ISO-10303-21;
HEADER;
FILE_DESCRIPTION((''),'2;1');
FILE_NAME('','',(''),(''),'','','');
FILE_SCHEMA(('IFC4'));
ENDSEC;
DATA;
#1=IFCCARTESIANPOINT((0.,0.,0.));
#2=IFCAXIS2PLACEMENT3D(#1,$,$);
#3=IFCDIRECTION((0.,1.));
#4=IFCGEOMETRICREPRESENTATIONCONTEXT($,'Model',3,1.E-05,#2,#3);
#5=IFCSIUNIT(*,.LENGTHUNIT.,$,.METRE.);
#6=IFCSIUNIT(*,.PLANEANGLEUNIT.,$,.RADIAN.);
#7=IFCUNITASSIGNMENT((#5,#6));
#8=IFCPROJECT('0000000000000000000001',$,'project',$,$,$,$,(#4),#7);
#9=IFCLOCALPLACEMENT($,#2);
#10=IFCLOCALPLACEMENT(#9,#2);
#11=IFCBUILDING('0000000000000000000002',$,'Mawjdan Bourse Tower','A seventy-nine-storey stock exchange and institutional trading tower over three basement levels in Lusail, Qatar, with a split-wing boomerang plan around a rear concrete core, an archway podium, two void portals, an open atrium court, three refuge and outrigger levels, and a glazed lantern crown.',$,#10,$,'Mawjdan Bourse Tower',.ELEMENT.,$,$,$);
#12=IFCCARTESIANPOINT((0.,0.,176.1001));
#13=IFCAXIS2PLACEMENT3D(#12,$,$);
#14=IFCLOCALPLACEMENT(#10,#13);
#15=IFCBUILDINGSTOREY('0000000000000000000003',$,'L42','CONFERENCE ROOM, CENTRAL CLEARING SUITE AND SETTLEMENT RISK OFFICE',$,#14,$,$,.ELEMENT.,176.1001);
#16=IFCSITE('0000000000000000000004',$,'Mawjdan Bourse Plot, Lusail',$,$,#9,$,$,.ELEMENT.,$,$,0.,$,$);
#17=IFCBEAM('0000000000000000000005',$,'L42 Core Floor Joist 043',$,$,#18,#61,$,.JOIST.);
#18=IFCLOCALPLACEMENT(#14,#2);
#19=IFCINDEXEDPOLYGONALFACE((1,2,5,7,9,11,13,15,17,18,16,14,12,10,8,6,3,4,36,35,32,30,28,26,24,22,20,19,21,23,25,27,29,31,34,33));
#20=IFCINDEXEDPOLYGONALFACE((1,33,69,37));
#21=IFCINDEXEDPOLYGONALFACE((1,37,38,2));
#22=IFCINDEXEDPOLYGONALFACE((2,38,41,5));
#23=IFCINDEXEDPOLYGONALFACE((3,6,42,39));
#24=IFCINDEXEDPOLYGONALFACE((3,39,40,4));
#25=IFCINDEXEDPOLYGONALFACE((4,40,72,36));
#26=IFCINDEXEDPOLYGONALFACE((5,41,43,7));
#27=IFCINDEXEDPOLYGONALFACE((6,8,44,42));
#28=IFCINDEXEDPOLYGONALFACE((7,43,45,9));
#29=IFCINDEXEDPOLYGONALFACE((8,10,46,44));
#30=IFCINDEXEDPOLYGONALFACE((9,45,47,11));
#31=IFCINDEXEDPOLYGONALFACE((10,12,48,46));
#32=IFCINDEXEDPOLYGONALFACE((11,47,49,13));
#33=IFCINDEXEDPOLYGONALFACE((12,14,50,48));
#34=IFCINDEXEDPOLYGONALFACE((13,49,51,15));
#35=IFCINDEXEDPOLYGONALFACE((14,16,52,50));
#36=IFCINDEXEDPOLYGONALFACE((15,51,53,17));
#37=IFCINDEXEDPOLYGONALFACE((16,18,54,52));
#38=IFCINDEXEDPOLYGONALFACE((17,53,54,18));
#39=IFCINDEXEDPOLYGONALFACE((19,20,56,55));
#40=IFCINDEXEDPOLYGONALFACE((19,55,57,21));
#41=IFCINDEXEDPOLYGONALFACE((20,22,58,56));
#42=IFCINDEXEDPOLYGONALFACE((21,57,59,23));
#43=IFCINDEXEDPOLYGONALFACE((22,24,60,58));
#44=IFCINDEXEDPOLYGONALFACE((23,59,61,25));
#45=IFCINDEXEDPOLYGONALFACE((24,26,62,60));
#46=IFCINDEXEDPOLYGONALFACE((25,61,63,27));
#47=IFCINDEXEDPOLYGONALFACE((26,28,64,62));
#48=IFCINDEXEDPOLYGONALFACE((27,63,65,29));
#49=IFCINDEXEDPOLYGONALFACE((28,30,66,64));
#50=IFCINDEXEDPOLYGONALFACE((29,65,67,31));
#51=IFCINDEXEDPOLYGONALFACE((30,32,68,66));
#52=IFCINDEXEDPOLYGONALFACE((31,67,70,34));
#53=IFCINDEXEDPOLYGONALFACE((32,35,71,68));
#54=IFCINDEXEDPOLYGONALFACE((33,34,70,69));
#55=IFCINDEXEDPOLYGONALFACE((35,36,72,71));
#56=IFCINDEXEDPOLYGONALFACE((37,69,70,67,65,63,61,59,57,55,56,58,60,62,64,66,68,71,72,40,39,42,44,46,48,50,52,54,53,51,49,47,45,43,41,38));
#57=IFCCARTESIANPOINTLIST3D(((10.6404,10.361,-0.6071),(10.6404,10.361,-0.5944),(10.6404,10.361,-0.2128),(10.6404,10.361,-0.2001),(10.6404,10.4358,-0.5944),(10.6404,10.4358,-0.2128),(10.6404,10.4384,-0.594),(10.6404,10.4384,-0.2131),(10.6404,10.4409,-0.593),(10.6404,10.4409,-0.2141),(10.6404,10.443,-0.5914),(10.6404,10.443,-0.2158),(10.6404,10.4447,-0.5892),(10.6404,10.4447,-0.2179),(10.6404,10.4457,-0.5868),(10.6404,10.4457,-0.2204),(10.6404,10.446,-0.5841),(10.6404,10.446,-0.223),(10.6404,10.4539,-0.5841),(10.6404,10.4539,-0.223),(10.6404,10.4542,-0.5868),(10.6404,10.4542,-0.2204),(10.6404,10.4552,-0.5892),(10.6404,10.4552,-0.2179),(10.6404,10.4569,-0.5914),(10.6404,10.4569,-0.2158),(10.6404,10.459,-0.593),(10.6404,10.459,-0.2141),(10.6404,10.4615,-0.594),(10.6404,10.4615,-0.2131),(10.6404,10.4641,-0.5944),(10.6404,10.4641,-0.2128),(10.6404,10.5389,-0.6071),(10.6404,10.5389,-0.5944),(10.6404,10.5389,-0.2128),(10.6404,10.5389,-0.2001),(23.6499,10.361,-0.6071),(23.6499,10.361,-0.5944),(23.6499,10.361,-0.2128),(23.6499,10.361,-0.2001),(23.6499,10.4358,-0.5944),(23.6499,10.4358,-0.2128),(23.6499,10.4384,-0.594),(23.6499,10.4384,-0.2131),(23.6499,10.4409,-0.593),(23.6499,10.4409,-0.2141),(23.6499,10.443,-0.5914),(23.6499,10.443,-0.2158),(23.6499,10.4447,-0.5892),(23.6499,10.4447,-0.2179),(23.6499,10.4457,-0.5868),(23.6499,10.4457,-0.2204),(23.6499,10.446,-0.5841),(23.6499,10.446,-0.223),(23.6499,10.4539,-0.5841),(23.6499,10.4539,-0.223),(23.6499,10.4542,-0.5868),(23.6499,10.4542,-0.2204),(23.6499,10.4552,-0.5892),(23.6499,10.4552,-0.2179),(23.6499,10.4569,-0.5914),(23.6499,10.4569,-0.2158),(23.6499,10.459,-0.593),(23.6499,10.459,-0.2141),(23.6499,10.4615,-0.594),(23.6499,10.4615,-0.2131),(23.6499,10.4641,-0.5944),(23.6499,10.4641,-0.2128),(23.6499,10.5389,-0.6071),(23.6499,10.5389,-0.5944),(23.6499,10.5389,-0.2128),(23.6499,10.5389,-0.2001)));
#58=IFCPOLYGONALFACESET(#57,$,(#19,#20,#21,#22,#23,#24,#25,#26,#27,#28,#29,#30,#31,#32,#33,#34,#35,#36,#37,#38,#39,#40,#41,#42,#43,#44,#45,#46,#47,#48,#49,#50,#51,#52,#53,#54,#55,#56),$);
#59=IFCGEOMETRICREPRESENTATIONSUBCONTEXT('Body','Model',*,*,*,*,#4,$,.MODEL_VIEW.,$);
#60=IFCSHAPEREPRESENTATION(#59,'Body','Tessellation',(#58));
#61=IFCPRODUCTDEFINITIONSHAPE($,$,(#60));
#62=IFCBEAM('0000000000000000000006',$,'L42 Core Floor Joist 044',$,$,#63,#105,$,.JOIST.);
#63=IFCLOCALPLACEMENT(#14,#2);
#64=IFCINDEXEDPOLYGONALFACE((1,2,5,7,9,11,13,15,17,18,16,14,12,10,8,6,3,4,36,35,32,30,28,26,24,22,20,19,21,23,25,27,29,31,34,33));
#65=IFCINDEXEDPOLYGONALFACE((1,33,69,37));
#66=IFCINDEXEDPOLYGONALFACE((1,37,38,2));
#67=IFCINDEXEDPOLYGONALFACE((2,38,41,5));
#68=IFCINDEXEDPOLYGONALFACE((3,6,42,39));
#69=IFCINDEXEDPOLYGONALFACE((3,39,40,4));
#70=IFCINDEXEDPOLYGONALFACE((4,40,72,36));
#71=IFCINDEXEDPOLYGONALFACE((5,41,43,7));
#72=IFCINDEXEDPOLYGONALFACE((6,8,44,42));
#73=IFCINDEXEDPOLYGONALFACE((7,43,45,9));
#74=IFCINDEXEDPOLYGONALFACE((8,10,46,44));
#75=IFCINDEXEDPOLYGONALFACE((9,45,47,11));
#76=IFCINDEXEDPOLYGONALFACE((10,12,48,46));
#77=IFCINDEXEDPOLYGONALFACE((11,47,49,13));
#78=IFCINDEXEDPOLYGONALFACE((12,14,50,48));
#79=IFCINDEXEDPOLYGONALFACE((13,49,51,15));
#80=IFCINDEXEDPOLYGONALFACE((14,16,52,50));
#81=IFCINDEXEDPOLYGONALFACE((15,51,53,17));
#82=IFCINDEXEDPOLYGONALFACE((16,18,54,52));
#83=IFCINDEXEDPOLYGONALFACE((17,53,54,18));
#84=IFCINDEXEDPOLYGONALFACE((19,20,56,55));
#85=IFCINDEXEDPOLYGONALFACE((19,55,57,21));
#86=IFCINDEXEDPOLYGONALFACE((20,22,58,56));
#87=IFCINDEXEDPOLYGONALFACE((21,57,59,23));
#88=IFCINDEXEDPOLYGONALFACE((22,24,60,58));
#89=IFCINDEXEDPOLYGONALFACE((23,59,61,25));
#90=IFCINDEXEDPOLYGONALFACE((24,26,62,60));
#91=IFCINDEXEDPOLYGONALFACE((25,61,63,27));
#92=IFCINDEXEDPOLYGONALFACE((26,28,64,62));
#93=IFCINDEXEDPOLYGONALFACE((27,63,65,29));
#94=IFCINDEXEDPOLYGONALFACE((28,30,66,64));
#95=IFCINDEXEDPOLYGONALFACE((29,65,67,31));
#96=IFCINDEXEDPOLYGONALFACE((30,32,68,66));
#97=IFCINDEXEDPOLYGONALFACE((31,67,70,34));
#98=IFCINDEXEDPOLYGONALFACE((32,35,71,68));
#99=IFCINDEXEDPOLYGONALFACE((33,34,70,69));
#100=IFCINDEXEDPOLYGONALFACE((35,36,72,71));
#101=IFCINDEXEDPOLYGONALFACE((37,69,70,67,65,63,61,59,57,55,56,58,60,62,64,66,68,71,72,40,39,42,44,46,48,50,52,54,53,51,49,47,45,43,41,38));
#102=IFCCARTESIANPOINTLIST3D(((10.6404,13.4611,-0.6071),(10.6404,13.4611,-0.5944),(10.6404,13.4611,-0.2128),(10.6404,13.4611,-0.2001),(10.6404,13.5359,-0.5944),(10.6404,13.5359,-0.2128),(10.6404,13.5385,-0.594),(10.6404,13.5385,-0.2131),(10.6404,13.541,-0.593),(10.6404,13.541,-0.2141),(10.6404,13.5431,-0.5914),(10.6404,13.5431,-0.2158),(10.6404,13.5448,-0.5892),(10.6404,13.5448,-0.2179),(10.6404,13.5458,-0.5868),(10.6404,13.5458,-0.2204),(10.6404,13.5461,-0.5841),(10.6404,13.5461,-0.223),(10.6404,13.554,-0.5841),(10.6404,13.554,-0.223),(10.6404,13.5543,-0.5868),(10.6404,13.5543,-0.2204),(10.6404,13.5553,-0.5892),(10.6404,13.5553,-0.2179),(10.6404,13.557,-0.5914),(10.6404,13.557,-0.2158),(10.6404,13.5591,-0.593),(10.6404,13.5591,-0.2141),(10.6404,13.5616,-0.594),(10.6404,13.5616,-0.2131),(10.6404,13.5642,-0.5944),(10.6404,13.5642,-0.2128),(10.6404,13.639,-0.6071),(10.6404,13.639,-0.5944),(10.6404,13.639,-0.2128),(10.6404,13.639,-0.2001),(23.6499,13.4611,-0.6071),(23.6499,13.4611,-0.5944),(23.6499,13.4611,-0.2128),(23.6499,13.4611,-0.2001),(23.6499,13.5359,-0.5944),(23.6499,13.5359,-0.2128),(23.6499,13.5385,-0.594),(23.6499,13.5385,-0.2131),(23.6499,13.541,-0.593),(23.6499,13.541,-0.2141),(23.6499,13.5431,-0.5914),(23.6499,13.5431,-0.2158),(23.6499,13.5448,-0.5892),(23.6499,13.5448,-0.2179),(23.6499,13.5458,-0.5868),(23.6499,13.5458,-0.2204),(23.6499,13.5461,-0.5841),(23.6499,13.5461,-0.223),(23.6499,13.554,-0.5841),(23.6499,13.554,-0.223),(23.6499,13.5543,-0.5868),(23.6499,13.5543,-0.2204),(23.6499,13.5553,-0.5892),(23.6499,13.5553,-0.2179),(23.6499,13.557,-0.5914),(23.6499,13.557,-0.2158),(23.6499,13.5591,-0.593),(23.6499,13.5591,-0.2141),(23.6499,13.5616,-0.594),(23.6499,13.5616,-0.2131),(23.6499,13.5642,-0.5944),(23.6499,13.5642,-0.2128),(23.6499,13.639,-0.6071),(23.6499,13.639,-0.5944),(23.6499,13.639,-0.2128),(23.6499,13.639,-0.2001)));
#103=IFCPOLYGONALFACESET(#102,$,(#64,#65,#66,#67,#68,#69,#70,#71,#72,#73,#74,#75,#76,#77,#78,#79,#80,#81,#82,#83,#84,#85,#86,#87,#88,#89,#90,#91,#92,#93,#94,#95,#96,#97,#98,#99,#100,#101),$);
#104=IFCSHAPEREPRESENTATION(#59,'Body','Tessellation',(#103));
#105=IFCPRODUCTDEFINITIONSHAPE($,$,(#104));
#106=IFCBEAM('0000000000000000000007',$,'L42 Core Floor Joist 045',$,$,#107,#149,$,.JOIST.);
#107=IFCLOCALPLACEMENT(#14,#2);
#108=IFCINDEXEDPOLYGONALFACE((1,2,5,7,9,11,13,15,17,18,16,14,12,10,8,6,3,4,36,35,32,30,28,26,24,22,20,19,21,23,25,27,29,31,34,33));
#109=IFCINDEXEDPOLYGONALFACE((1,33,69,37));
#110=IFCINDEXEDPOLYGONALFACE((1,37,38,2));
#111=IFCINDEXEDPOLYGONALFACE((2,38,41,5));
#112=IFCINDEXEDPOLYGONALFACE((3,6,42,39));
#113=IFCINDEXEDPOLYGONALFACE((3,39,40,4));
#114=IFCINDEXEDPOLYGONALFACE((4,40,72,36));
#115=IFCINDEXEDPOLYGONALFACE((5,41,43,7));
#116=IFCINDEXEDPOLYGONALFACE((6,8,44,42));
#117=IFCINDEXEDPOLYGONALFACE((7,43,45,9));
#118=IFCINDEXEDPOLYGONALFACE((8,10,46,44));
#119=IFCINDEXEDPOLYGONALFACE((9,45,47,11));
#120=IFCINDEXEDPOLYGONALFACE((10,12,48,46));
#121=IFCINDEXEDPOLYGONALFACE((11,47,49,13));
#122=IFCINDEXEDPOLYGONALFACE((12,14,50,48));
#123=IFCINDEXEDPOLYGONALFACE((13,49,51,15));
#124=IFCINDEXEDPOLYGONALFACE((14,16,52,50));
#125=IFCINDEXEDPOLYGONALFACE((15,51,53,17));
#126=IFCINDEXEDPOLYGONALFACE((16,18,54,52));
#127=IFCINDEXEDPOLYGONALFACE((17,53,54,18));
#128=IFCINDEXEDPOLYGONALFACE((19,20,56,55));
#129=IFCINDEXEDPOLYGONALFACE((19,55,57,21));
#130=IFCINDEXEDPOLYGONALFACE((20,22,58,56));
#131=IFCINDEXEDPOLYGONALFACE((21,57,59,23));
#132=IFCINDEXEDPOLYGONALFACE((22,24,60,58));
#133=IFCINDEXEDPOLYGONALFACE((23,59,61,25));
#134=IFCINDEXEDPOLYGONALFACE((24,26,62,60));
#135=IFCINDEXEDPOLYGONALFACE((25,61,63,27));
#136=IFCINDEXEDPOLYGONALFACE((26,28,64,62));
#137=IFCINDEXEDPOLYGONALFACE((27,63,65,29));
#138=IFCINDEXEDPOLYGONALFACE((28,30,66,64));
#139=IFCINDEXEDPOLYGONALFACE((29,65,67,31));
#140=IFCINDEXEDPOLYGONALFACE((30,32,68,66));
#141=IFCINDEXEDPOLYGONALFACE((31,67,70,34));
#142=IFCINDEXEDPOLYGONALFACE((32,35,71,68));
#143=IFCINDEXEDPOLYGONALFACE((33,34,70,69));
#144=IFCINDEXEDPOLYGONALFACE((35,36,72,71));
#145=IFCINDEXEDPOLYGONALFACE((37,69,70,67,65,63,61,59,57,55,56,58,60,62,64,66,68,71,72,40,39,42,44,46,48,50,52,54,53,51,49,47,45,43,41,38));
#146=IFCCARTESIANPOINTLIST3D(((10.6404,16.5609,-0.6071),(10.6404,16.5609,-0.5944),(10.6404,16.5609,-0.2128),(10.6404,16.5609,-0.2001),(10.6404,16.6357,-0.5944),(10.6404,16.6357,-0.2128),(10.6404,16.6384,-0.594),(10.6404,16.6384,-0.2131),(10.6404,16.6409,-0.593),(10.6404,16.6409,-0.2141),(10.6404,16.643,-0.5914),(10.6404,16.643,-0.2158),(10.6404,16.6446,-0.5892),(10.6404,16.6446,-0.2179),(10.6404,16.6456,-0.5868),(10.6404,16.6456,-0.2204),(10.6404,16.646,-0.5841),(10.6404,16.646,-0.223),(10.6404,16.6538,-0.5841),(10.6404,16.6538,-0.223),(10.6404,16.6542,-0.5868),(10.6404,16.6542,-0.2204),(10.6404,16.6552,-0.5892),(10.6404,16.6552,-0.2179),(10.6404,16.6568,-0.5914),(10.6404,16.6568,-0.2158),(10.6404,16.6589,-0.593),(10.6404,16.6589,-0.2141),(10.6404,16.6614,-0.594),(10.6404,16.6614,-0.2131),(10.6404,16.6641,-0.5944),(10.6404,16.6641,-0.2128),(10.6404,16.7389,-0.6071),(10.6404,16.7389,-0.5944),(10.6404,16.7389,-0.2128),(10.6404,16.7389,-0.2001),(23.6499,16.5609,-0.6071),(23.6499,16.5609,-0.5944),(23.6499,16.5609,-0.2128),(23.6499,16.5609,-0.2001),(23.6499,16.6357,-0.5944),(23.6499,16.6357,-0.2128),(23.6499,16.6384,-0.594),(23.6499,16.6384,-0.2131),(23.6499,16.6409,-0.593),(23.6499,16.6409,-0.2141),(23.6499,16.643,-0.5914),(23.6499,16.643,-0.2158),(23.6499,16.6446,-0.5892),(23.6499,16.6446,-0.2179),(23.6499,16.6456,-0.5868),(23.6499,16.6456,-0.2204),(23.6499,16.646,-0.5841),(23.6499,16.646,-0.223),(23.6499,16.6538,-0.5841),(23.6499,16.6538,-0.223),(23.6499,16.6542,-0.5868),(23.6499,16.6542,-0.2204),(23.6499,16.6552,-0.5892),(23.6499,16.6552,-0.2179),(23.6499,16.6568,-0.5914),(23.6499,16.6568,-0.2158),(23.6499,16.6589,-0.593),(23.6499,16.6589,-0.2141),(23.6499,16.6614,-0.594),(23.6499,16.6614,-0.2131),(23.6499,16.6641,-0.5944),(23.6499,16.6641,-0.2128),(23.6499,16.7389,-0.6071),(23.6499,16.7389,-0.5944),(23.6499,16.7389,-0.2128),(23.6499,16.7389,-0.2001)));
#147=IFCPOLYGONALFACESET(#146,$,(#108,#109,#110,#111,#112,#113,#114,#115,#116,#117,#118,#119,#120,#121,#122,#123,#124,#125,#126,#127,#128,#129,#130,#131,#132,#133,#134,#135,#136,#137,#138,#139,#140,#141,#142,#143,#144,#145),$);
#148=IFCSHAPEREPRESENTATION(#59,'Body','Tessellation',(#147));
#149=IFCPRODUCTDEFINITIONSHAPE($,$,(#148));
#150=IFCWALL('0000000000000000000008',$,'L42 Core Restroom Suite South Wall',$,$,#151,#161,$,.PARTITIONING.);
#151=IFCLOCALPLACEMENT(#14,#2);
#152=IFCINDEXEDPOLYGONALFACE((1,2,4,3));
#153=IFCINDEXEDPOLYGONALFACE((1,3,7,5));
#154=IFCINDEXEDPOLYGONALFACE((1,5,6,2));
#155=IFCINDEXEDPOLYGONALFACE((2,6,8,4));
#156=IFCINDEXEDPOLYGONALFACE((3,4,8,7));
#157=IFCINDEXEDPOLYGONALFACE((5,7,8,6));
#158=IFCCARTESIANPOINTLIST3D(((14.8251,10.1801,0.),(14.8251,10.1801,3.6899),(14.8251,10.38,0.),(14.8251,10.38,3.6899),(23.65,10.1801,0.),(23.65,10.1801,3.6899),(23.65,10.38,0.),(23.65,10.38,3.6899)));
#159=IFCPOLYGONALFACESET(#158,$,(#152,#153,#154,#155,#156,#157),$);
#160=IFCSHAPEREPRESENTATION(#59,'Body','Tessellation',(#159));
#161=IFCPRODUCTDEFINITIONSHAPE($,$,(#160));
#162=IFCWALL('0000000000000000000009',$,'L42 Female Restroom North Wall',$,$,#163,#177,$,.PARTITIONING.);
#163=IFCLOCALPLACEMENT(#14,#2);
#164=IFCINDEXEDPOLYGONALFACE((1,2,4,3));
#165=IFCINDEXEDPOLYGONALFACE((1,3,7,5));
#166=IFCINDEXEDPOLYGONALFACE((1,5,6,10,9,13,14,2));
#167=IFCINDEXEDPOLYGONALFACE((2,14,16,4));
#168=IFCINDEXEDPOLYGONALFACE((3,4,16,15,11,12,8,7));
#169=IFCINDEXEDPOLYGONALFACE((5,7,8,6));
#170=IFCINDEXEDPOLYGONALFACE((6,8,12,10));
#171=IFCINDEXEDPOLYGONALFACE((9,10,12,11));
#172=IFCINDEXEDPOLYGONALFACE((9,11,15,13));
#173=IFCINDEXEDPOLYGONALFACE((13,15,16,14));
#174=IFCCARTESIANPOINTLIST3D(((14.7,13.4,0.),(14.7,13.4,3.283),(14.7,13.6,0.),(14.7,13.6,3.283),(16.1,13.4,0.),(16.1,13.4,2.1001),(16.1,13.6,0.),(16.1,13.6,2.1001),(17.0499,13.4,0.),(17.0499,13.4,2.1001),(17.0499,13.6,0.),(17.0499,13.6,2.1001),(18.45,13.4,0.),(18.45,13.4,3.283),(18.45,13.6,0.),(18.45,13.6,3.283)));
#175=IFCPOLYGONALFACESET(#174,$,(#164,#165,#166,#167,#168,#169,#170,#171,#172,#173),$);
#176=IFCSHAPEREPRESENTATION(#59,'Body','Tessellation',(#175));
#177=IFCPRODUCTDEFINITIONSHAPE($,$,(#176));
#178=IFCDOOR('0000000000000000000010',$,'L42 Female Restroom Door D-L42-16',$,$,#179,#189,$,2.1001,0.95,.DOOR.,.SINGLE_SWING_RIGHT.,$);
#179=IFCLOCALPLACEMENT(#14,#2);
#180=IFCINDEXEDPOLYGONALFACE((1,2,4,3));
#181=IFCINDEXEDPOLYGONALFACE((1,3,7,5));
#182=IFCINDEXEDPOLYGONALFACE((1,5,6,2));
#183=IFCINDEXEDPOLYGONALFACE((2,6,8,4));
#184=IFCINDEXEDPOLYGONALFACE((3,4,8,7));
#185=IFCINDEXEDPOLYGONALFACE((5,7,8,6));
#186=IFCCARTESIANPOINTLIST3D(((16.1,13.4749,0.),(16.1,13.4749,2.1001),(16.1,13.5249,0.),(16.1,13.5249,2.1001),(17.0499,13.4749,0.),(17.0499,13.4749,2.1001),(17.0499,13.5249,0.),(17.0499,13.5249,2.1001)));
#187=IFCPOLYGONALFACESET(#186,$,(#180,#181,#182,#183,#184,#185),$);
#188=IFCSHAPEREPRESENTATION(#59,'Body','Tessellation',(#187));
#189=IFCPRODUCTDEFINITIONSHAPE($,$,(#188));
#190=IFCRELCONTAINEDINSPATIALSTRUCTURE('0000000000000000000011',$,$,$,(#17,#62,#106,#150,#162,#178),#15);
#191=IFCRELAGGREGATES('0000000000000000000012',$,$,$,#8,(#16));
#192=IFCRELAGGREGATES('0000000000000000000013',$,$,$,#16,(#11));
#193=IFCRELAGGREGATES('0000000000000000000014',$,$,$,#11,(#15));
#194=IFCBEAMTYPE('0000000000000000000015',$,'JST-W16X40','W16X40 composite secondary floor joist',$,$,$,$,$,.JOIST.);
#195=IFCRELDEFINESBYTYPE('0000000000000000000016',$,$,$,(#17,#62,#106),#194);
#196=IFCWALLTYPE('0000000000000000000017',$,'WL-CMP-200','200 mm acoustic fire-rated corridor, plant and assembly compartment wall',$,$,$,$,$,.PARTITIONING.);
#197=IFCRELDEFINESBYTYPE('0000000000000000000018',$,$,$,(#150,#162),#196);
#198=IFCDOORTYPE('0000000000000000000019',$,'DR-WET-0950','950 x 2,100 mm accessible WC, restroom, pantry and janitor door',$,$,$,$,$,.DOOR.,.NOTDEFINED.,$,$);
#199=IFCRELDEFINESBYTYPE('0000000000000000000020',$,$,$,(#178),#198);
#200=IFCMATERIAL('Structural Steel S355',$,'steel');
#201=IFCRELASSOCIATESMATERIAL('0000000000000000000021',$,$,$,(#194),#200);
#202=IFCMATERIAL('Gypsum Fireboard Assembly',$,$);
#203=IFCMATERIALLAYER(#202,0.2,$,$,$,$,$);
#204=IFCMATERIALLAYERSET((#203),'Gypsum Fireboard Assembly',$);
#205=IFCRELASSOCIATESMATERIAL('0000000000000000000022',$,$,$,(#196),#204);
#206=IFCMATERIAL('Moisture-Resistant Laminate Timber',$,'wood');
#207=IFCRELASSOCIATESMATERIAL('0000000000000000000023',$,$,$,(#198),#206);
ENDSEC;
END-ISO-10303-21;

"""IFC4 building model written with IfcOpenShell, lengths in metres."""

from ifc_helpers import new_model, si_unit, direction, frame, frame_2d, origin, origin_2d, place, context, subcontext, project, spatial, rectangle, i_section, extrude, material, layer, layer_set, material_profile, profile_set, type_object, element, fill, save


model = new_model("IFC4")

# Units and contexts
model_context = context("Model", 3, precision=1e-05, world=origin(), true_north=direction((0.0, 1.0)))
body_context = subcontext(model_context, "Body", "Model", "MODEL_VIEW")
ifc_project = project(units=[si_unit("LENGTHUNIT", "METRE"), si_unit("PLANEANGLEUNIT", "RADIAN")], contexts=[model_context])

# Site, building, storey
site_placement = place(None, origin())
site = spatial("IfcSite", under=ifc_project, at=site_placement, Name="Mawjdan Bourse Plot, Lusail", CompositionType="ELEMENT", RefElevation=0.0)
building_placement = place(site_placement, origin())
building = spatial("IfcBuilding", under=site, at=building_placement, Name="Mawjdan Bourse Tower", Description="A seventy-nine-storey stock exchange and institutional trading tower over three basement levels in Lusail, Qatar, with a split-wing boomerang plan around a rear concrete core, an archway podium, two void portals, an open atrium court, three refuge and outrigger levels, and a glazed lantern crown.", LongName="Mawjdan Bourse Tower", CompositionType="ELEMENT")
storey_placement = place(building_placement, frame((0.0, 0.0, 176.1001)))
storey = spatial("IfcBuildingStorey", under=building, at=storey_placement, Name="L42", Description="CONFERENCE ROOM, CENTRAL CLEARING SUITE AND SETTLEMENT RISK OFFICE", CompositionType="ELEMENT", Elevation=176.1001)

# Beams
ifc_material_1 = material(Name="Structural Steel S355", Category="steel")
ifc_material_profile = material_profile(ifc_material_1, i_section(OverallWidth=0.178, OverallDepth=0.407, WebThickness=0.0078, FlangeThickness=0.0127, FilletRadius=0.0103, at=origin_2d()), Name="W16X40")
ifc_profile_set = profile_set([ifc_material_profile], Name="Structural Steel S355")
beam_type = type_object("IfcBeamType", Name="JST-W16X40", Description="W16X40 composite secondary floor joist", PredefinedType="JOIST", material=ifc_profile_set)
for number, where, z_axis, x_axis, name in (
    (1, (10.6404, 10.45, -0.4036), (1.0, 0.0, 0.0), (0.0, 1.0, 0.0), "L42 Core Floor Joist 043"),
    (2, (10.6404, 13.55, -0.4036), (1.0, 0.0, 0.0), (0.0, 1.0, 0.0), "L42 Core Floor Joist 044"),
    (3, (10.6404, 16.6499, -0.4036), (1.0, 0.0, 0.0), (0.0, 1.0, 0.0), "L42 Core Floor Joist 045"),
):
    element("IfcBeam", number, at=place(storey_placement, frame(where, z_axis=z_axis, x_axis=x_axis)), inside=storey, type_object=beam_type, Name=name, PredefinedType="JOIST", context=body_context, shape_type="SweptSolid", body=[
        extrude(i_section(OverallWidth=0.178, OverallDepth=0.407, WebThickness=0.0078, FlangeThickness=0.0127, FilletRadius=0.0103, at=origin_2d()), origin(), (0.0, 0.0, 1.0), 13.0095),
    ])

# Wall
ifc_material_2 = material(Name="Gypsum Fireboard Assembly")
ifc_layer_1 = layer(ifc_material_2, 0.2)
ifc_layer_set_1 = layer_set([ifc_layer_1], Name="Gypsum Fireboard Assembly")
wall_type_1 = type_object("IfcWallType", Name="WL-CMP-200", Description="200 mm acoustic fire-rated corridor, plant and assembly compartment wall", PredefinedType="PARTITIONING", material=ifc_layer_set_1)
wall_1_placement = place(storey_placement, frame((14.825, 10.28, 0.0), z_axis=(0.0, 0.0, 1.0), x_axis=(1.0, 0.0, 0.0)))
element("IfcWall", 4, at=wall_1_placement, inside=storey, type_object=wall_type_1, Name="L42 Core Restroom Suite South Wall", PredefinedType="PARTITIONING", context=body_context, shape_type="SweptSolid", body=[
    extrude(rectangle(XDim=8.825, YDim=0.2, at=frame_2d((4.4126, 0.0))), origin(), (0.0, 0.0, 1.0), 3.6899),
])

# Wall, opening, door
wall_2_placement = place(storey_placement, frame((14.7, 13.5, 0.0), z_axis=(0.0, 0.0, 1.0), x_axis=(1.0, 0.0, 0.0)))
wall_2 = element("IfcWall", 5, at=wall_2_placement, inside=storey, type_object=wall_type_1, Name="L42 Female Restroom North Wall", PredefinedType="PARTITIONING", context=body_context, shape_type="SweptSolid", body=[
    extrude(rectangle(XDim=3.75, YDim=0.2, at=frame_2d((1.875, 0.0))), origin(), (0.0, 0.0, 1.0), 3.283),
])
opening_1_placement = place(wall_2_placement, frame((1.3999, 0.0, 0.0)))
opening_1 = element("IfcOpeningElement", 6, at=opening_1_placement, cuts=wall_2, PredefinedType="OPENING", context=body_context, shape_type="SweptSolid", body=[
    extrude(rectangle(XDim=0.95, YDim=2.1001, at=frame_2d((0.4751, 1.05))), frame((0.0, 0.1099, 0.0), z_axis=(0.0, -1.0, 0.0), x_axis=(1.0, 0.0, 0.0)), (0.0, 0.0, 1.0), 0.22),
])
ifc_material_3 = material(Name="Moisture-Resistant Laminate Timber", Category="wood")
door_type_1 = type_object("IfcDoorType", Name="DR-WET-0950", Description="950 x 2,100 mm accessible WC, restroom, pantry and janitor door", OperationType="NOTDEFINED", PredefinedType="DOOR", material=ifc_material_3)
door_1_placement = place(opening_1_placement, origin())
door_1 = element("IfcDoor", 7, at=door_1_placement, inside=storey, type_object=door_type_1, Name="L42 Female Restroom Door D-L42-16", OperationType="SINGLE_SWING_RIGHT", OverallHeight=2.1001, OverallWidth=0.95, PredefinedType="DOOR", context=body_context, shape_type="SweptSolid", body=[
    extrude(rectangle(XDim=0.95, YDim=2.1001, at=frame_2d((0.4751, 1.05))), frame((0.0, 0.0249, 0.0), z_axis=(0.0, -1.0, 0.0), x_axis=(1.0, 0.0, 0.0)), (0.0, 0.0, 1.0), 0.05),
])
fill(opening_1, door_1)

save(model, "model.ifc")
